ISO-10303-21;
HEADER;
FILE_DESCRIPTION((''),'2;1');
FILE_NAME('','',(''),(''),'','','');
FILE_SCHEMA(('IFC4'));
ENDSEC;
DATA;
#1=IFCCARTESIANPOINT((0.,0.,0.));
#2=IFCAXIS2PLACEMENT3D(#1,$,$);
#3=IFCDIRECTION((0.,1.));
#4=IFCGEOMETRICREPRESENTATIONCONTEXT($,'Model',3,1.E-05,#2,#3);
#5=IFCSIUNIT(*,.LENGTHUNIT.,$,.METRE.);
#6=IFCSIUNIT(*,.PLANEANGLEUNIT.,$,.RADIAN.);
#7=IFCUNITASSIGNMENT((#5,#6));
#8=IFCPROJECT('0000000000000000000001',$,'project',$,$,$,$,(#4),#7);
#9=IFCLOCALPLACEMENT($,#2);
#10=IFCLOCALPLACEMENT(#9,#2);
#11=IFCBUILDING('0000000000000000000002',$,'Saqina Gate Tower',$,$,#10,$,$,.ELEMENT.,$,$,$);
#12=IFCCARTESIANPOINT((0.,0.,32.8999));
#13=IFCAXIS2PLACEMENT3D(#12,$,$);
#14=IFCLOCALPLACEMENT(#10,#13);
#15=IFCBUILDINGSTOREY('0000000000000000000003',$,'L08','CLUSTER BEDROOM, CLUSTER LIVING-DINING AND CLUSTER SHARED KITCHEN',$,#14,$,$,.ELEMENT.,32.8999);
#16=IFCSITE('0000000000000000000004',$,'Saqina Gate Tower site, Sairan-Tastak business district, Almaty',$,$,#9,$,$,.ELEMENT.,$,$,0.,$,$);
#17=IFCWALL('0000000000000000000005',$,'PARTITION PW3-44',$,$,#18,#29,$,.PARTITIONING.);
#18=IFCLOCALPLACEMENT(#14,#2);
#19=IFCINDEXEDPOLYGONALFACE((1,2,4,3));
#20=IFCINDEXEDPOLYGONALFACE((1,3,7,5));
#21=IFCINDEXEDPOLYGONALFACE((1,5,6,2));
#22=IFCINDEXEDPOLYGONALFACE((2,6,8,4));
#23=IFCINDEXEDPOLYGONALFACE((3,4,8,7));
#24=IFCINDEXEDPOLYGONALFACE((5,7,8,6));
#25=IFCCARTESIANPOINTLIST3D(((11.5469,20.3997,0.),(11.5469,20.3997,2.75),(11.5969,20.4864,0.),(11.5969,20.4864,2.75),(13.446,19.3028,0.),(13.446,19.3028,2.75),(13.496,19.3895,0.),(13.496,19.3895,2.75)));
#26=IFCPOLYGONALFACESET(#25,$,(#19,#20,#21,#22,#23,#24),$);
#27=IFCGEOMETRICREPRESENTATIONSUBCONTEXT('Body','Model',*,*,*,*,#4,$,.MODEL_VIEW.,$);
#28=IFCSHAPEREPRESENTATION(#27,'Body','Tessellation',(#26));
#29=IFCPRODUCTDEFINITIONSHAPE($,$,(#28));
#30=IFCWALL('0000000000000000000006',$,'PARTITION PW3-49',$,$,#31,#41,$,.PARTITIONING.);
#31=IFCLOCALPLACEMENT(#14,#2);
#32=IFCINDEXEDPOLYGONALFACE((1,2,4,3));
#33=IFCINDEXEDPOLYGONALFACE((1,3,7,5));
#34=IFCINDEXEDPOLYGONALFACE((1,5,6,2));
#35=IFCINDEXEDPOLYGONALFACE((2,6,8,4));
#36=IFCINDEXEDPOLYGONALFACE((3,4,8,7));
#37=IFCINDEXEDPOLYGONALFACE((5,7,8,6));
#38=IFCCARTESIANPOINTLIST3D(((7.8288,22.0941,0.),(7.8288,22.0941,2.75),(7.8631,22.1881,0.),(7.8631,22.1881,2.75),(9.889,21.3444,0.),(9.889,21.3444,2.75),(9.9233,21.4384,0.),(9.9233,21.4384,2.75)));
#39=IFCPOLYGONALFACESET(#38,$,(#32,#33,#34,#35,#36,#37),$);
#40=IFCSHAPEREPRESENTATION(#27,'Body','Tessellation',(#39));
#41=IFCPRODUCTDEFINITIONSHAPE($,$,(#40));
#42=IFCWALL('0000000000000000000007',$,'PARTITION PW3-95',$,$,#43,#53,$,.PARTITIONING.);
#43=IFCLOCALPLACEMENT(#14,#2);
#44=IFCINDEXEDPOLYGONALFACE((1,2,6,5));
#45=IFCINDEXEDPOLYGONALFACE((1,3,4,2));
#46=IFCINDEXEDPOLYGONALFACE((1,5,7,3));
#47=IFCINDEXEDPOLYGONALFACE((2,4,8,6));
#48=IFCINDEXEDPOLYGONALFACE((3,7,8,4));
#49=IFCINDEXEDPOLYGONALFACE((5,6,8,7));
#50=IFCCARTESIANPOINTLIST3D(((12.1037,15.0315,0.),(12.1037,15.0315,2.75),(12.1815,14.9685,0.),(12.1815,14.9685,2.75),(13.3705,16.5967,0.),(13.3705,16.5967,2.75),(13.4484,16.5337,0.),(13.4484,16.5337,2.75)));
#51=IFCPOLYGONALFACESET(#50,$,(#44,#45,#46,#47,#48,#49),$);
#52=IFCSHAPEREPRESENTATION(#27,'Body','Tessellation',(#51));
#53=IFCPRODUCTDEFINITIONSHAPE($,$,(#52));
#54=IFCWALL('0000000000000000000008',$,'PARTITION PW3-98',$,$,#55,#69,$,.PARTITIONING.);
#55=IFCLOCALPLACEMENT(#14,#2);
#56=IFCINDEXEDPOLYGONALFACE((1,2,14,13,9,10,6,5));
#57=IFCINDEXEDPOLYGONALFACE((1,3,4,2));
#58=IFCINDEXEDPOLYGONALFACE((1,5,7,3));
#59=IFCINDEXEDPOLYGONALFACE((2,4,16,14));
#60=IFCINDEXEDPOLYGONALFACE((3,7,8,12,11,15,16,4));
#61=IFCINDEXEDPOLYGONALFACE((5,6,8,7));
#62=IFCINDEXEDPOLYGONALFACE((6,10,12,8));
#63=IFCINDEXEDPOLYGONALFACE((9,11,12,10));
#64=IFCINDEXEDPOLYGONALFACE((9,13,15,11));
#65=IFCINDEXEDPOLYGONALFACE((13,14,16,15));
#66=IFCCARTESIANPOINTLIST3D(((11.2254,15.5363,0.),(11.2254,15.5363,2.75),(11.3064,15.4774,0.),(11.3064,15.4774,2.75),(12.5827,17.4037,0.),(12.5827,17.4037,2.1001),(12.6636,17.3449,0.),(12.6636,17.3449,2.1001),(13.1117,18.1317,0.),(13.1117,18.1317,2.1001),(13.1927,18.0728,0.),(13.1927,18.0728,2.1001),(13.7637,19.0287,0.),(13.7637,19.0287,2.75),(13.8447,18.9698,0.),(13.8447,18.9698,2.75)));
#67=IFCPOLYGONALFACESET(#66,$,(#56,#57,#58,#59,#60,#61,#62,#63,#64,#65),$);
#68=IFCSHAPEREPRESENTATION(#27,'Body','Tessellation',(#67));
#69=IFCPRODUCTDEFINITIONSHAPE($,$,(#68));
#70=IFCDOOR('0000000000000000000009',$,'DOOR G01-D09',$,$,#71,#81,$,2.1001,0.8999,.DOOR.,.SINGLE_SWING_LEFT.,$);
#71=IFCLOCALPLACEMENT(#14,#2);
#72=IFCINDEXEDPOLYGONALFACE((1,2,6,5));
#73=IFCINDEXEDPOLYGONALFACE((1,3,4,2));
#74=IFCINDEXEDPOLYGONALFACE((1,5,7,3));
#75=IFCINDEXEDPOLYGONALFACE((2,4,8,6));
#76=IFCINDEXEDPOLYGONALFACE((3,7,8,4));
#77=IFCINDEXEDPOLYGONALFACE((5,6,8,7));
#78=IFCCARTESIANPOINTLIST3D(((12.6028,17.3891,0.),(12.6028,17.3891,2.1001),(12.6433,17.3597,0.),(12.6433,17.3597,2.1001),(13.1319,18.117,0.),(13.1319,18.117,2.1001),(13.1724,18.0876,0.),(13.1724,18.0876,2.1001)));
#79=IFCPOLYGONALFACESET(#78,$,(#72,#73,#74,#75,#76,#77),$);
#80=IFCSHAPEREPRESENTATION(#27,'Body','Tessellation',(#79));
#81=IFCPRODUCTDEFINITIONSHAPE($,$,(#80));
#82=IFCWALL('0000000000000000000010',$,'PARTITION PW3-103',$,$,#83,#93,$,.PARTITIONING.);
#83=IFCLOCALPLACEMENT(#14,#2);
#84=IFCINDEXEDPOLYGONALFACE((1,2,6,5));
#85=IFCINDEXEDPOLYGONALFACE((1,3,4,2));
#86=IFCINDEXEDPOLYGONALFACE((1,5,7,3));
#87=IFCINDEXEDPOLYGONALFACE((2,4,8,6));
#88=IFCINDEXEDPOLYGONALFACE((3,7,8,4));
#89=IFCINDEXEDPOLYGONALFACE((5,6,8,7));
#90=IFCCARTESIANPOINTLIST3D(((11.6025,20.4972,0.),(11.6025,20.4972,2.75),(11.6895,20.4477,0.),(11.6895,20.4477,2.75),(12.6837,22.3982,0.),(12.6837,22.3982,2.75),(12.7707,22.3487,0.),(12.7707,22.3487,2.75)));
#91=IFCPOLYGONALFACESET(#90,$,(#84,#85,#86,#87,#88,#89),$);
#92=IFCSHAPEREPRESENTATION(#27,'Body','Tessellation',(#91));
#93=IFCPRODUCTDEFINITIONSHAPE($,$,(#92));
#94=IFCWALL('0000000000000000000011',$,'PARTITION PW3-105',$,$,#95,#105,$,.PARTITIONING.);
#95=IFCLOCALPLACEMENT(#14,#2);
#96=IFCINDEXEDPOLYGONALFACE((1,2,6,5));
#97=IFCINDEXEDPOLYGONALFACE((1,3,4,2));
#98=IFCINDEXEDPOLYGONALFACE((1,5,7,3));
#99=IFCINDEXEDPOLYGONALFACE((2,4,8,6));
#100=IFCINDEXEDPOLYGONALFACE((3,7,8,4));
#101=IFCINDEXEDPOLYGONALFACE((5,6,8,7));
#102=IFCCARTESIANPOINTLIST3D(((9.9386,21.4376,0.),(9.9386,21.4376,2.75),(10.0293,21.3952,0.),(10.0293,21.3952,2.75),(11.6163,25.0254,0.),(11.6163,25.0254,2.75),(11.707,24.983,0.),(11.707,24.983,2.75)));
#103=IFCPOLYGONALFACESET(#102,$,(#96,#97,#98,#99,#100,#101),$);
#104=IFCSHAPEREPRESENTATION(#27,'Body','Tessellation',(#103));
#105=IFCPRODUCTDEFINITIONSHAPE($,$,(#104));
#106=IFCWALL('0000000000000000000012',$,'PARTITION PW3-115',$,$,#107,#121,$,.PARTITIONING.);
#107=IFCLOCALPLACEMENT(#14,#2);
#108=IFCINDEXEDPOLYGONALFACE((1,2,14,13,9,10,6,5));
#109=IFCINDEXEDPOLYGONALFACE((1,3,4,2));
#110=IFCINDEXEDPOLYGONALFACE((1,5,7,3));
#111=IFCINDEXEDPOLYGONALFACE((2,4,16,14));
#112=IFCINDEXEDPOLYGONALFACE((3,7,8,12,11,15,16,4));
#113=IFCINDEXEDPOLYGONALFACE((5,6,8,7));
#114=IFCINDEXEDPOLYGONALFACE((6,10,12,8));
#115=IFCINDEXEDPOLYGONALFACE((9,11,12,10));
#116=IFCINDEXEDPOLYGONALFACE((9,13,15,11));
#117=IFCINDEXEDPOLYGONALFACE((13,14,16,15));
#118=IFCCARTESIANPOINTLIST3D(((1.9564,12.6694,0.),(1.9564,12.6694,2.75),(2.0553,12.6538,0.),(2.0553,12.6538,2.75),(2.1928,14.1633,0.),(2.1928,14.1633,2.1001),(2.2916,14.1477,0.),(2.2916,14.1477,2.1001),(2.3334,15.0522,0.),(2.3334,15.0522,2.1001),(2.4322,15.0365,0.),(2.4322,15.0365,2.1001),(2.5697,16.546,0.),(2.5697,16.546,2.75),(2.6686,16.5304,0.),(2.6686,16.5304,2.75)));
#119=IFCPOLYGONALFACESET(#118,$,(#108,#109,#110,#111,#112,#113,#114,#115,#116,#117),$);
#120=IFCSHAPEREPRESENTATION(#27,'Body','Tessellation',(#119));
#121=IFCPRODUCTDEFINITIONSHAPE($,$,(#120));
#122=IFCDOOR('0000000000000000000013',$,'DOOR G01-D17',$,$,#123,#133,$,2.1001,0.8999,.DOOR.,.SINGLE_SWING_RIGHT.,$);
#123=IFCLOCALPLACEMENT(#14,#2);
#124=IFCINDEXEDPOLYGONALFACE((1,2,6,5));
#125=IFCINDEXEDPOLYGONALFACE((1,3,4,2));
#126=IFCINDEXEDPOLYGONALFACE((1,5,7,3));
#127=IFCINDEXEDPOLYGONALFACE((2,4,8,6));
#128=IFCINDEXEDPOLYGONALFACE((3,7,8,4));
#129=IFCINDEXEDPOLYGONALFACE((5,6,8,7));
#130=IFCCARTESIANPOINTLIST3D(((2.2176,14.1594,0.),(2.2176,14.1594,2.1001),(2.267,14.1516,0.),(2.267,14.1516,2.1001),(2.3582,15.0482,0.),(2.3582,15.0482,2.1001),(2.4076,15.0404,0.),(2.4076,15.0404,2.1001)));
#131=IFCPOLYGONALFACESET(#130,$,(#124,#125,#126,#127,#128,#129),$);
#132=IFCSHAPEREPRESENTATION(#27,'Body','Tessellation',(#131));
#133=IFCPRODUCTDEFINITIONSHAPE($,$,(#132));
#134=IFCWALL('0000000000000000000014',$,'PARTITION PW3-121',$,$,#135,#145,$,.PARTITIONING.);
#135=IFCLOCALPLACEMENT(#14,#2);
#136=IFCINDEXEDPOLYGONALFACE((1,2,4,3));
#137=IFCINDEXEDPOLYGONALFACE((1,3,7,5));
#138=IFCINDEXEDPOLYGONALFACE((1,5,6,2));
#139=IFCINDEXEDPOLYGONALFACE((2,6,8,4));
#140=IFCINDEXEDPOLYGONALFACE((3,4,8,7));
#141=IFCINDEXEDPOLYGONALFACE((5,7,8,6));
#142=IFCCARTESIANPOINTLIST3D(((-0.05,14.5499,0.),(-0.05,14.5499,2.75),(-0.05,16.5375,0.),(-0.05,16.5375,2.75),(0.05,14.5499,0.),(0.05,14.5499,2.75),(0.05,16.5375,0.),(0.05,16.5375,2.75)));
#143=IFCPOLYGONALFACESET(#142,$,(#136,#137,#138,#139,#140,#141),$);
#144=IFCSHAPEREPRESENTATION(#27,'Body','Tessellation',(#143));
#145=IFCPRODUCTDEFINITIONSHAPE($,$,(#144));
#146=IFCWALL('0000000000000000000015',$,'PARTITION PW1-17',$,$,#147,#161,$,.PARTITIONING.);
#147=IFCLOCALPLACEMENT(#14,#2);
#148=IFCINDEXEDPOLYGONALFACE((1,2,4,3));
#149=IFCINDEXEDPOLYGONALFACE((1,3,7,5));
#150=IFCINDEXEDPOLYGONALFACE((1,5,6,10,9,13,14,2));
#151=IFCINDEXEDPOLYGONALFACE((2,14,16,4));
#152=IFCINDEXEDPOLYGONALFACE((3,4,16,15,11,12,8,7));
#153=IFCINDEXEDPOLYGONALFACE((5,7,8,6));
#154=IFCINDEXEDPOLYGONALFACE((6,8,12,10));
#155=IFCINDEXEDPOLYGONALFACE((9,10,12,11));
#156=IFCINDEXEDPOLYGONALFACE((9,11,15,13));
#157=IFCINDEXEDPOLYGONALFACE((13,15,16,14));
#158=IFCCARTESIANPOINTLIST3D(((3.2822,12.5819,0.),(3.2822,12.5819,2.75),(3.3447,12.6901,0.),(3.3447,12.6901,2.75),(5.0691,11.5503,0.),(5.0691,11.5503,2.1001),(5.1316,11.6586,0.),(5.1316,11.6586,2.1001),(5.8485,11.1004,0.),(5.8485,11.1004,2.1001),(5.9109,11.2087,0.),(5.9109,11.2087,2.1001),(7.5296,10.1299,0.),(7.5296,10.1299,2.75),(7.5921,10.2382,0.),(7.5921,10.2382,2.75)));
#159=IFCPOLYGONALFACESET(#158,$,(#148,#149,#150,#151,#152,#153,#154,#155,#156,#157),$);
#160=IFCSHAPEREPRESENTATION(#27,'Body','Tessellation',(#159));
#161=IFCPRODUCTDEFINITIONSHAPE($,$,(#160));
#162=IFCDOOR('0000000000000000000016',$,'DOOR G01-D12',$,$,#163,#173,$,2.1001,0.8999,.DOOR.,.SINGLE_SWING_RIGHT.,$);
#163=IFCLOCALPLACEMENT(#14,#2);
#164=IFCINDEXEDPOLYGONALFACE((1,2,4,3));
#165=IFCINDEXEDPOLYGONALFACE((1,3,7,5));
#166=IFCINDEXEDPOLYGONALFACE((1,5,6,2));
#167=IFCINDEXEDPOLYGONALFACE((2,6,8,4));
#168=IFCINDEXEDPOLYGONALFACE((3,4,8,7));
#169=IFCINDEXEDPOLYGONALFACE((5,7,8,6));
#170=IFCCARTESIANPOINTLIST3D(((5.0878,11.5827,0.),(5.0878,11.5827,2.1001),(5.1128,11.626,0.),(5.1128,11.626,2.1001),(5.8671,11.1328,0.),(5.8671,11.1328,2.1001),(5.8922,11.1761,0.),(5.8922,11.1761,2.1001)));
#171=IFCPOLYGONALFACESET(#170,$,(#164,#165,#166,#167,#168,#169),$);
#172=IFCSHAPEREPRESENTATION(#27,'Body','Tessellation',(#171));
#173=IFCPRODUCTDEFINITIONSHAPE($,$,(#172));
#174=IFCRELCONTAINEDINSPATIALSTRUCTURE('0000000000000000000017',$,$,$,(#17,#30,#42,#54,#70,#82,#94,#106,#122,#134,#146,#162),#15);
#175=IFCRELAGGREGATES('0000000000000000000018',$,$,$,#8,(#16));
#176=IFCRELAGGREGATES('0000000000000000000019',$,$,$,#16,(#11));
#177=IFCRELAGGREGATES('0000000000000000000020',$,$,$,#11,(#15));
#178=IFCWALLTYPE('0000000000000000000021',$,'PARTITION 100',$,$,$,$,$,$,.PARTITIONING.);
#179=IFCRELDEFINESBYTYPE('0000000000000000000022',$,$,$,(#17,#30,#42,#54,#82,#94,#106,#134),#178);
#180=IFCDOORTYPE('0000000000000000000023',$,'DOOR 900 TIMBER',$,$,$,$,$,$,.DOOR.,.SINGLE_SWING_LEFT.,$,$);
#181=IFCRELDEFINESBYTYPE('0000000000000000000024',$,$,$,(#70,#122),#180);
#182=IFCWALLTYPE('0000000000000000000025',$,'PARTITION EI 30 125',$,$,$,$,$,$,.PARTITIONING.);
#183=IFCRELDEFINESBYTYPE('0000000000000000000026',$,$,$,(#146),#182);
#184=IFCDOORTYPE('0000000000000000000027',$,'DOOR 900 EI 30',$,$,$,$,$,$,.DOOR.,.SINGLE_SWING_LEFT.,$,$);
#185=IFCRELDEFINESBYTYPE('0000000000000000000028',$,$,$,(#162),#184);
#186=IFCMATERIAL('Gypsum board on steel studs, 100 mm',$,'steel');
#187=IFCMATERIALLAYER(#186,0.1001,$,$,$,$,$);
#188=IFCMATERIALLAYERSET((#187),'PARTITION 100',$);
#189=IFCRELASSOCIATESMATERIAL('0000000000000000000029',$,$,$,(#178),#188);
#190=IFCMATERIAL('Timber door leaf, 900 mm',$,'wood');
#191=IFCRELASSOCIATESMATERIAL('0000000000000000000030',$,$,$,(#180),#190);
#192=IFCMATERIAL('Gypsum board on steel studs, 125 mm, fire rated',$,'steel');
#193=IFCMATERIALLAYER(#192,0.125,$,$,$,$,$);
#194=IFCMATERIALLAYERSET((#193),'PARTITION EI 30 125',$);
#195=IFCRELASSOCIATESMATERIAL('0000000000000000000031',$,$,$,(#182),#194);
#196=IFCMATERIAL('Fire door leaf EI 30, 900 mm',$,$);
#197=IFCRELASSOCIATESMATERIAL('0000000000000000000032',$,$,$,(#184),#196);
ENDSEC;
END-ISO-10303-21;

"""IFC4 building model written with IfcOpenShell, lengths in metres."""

from ifc_helpers import new_model, si_unit, direction, frame, frame_2d, origin, place, context, subcontext, project, spatial, rectangle, extrude, material, layer, layer_set, type_object, element, fill, save


model = new_model("IFC4")

# Units and contexts
model_context = context("Model", 3, precision=1e-05, world=origin(), true_north=direction((0.0, 1.0)))
body_context = subcontext(model_context, "Body", "Model", "MODEL_VIEW")
ifc_project = project(units=[si_unit("LENGTHUNIT", "METRE"), si_unit("PLANEANGLEUNIT", "RADIAN")], contexts=[model_context])

# Site, building, storey
site_placement = place(None, origin())
site = spatial("IfcSite", under=ifc_project, at=site_placement, Name="Saqina Gate Tower site, Sairan-Tastak business district, Almaty", CompositionType="ELEMENT", RefElevation=0.0)
building_placement = place(site_placement, origin())
building = spatial("IfcBuilding", under=site, at=building_placement, Name="Saqina Gate Tower", CompositionType="ELEMENT")
storey_placement = place(building_placement, frame((0.0, 0.0, 32.8999)))
storey = spatial("IfcBuildingStorey", under=building, at=storey_placement, Name="L08", Description="CLUSTER BEDROOM, CLUSTER LIVING-DINING AND CLUSTER SHARED KITCHEN", CompositionType="ELEMENT", Elevation=32.8999)

# Walls
ifc_material_1 = material(Name="Gypsum board on steel studs, 100 mm", Category="steel")
ifc_layer_1 = layer(ifc_material_1, 0.1001)
ifc_layer_set_1 = layer_set([ifc_layer_1], Name="PARTITION 100")
wall_type_1 = type_object("IfcWallType", Name="PARTITION 100", PredefinedType="PARTITIONING", material=ifc_layer_set_1)
wall_1_placement = place(storey_placement, frame((11.5718, 20.4431, 0.0), z_axis=(0.0, 0.0, 1.0), x_axis=(0.865939, -0.50015, 0.0)))
element("IfcWall", 1, at=wall_1_placement, inside=storey, type_object=wall_type_1, Name="PARTITION PW3-44", PredefinedType="PARTITIONING", context=body_context, shape_type="SweptSolid", body=[
    extrude(rectangle(XDim=2.1931, YDim=0.1001, at=frame_2d((1.0967, 0.0))), origin(), (0.0, 0.0, 1.0), 2.75),
])
wall_2_placement = place(storey_placement, frame((7.8459, 22.1411, 0.0), z_axis=(0.0, 0.0, 1.0), x_axis=(0.939712, -0.341967, 0.0)))
element("IfcWall", 2, at=wall_2_placement, inside=storey, type_object=wall_type_1, Name="PARTITION PW3-49", PredefinedType="PARTITIONING", context=body_context, shape_type="SweptSolid", body=[
    extrude(rectangle(XDim=2.1924, YDim=0.1001, at=frame_2d((1.0962, 0.0))), origin(), (0.0, 0.0, 1.0), 2.75),
])
wall_3_placement = place(storey_placement, frame((12.1426, 15.0, 0.0), z_axis=(0.0, 0.0, 1.0), x_axis=(0.629135, 0.777296, 0.0)))
element("IfcWall", 3, at=wall_3_placement, inside=storey, type_object=wall_type_1, Name="PARTITION PW3-95", PredefinedType="PARTITIONING", context=body_context, shape_type="SweptSolid", body=[
    extrude(rectangle(XDim=2.0137, YDim=0.1001, at=frame_2d((1.0068, 0.0))), origin(), (0.0, 0.0, 1.0), 2.75),
])

# Wall, opening, door
wall_4_placement = place(storey_placement, frame((11.2659, 15.5068, 0.0), z_axis=(0.0, 0.0, 1.0), x_axis=(0.587926, 0.808915, 0.0)))
wall_4 = element("IfcWall", 4, at=wall_4_placement, inside=storey, type_object=wall_type_1, Name="PARTITION PW3-98", PredefinedType="PARTITIONING", context=body_context, shape_type="SweptSolid", body=[
    extrude(rectangle(XDim=4.3174, YDim=0.1001, at=frame_2d((2.1587, 0.0))), origin(), (0.0, 0.0, 1.0), 2.75),
])
opening_1_placement = place(wall_4_placement, frame((2.3086, 0.0, 0.0)))
opening_1 = element("IfcOpeningElement", 5, at=opening_1_placement, cuts=wall_4, PredefinedType="OPENING", context=body_context, shape_type="SweptSolid", body=[
    extrude(rectangle(XDim=0.8999, YDim=2.1001, at=frame_2d((0.45, 1.05))), frame((0.0, 0.062, 0.0), z_axis=(0.0, -1.0, 0.0), x_axis=(1.0, 0.0, 0.0)), (0.0, 0.0, 1.0), 0.124),
])
ifc_material_2 = material(Name="Timber door leaf, 900 mm", Category="wood")
door_type_1 = type_object("IfcDoorType", Name="DOOR 900 TIMBER", OperationType="SINGLE_SWING_LEFT", PredefinedType="DOOR", material=ifc_material_2)
door_1_placement = place(opening_1_placement, frame((0.8999, 0.0, 0.0), z_axis=(0.0, 0.0, 1.0), x_axis=(-1.0, 0.0, 0.0)))
door_1 = element("IfcDoor", 6, at=door_1_placement, inside=storey, type_object=door_type_1, Name="DOOR G01-D09", OperationType="SINGLE_SWING_LEFT", OverallHeight=2.1001, OverallWidth=0.8999, PredefinedType="DOOR", context=body_context, shape_type="SweptSolid", body=[
    extrude(rectangle(XDim=0.8999, YDim=2.1001, at=frame_2d((0.45, 1.05))), frame((0.0, 0.0249, 0.0), z_axis=(0.0, -1.0, 0.0), x_axis=(1.0, 0.0, 0.0)), (0.0, 0.0, 1.0), 0.05),
])
fill(opening_1, door_1)

# Walls
wall_5_placement = place(storey_placement, frame((11.646, 20.4724, 0.0), z_axis=(0.0, 0.0, 1.0), x_axis=(0.494395, 0.869237, 0.0)))
element("IfcWall", 7, at=wall_5_placement, inside=storey, type_object=wall_type_1, Name="PARTITION PW3-103", PredefinedType="PARTITIONING", context=body_context, shape_type="SweptSolid", body=[
    extrude(rectangle(XDim=2.187, YDim=0.1001, at=frame_2d((1.0935, 0.0))), origin(), (0.0, 0.0, 1.0), 2.75),
])
wall_6_placement = place(storey_placement, frame((9.9839, 21.4163, 0.0), z_axis=(0.0, 0.0, 1.0), x_axis=(0.423587, 0.905855, 0.0)))
element("IfcWall", 8, at=wall_6_placement, inside=storey, type_object=wall_type_1, Name="PARTITION PW3-105", PredefinedType="PARTITIONING", context=body_context, shape_type="SweptSolid", body=[
    extrude(rectangle(XDim=3.9607, YDim=0.1001, at=frame_2d((1.9805, 0.0))), origin(), (0.0, 0.0, 1.0), 2.75),
])

# Wall, opening, door
wall_7_placement = place(storey_placement, frame((2.0059, 12.6616, 0.0), z_axis=(0.0, 0.0, 1.0), x_axis=(0.156253, 0.987717, 0.0)))
wall_7 = element("IfcWall", 9, at=wall_7_placement, inside=storey, type_object=wall_type_1, Name="PARTITION PW3-115", PredefinedType="PARTITIONING", context=body_context, shape_type="SweptSolid", body=[
    extrude(rectangle(XDim=3.9248, YDim=0.1001, at=frame_2d((1.9624, 0.0))), origin(), (0.0, 0.0, 1.0), 2.75),
])
opening_2_placement = place(wall_7_placement, frame((1.5125, 0.0, 0.0)))
opening_2 = element("IfcOpeningElement", 10, at=opening_2_placement, cuts=wall_7, PredefinedType="OPENING", context=body_context, shape_type="SweptSolid", body=[
    extrude(rectangle(XDim=0.8999, YDim=2.1001, at=frame_2d((0.45, 1.05))), frame((0.0, 0.062, 0.0), z_axis=(0.0, -1.0, 0.0), x_axis=(1.0, 0.0, 0.0)), (0.0, 0.0, 1.0), 0.124),
])
door_2_placement = place(opening_2_placement, origin())
door_2 = element("IfcDoor", 11, at=door_2_placement, inside=storey, type_object=door_type_1, Name="DOOR G01-D17", OperationType="SINGLE_SWING_RIGHT", OverallHeight=2.1001, OverallWidth=0.8999, PredefinedType="DOOR", context=body_context, shape_type="SweptSolid", body=[
    extrude(rectangle(XDim=0.8999, YDim=2.1001, at=frame_2d((0.45, 1.05))), frame((0.0, 0.0249, 0.0), z_axis=(0.0, -1.0, 0.0), x_axis=(1.0, 0.0, 0.0)), (0.0, 0.0, 1.0), 0.05),
])
fill(opening_2, door_2)

# Wall
wall_8_placement = place(storey_placement, frame((0.0, 14.55, 0.0), z_axis=(0.0, 0.0, 1.0), x_axis=(0.0, 1.0, 0.0)))
element("IfcWall", 12, at=wall_8_placement, inside=storey, type_object=wall_type_1, Name="PARTITION PW3-121", PredefinedType="PARTITIONING", context=body_context, shape_type="SweptSolid", body=[
    extrude(rectangle(XDim=1.9875, YDim=0.1001, at=frame_2d((0.9937, 0.0))), origin(), (0.0, 0.0, 1.0), 2.75),
])

# Wall, opening, door
ifc_material_3 = material(Name="Gypsum board on steel studs, 125 mm, fire rated", Category="steel")
ifc_layer_2 = layer(ifc_material_3, 0.125)
ifc_layer_set_2 = layer_set([ifc_layer_2], Name="PARTITION EI 30 125")
wall_type_2 = type_object("IfcWallType", Name="PARTITION EI 30 125", PredefinedType="PARTITIONING", material=ifc_layer_set_2)
wall_9_placement = place(storey_placement, frame((3.3135, 12.636, 0.0), z_axis=(0.0, 0.0, 1.0), x_axis=(0.86605, -0.499957, 0.0)))
wall_9 = element("IfcWall", 13, at=wall_9_placement, inside=storey, type_object=wall_type_2, Name="PARTITION PW1-17", PredefinedType="PARTITIONING", context=body_context, shape_type="SweptSolid", body=[
    extrude(rectangle(XDim=4.9043, YDim=0.125, at=frame_2d((2.4521, 0.0))), origin(), (0.0, 0.0, 1.0), 2.75),
])
opening_3_placement = place(wall_9_placement, frame((2.0632, 0.0, 0.0)))
opening_3 = element("IfcOpeningElement", 14, at=opening_3_placement, cuts=wall_9, PredefinedType="OPENING", context=body_context, shape_type="SweptSolid", body=[
    extrude(rectangle(XDim=0.8999, YDim=2.1001, at=frame_2d((0.45, 1.05))), frame((0.0, 0.0745, 0.0), z_axis=(0.0, -1.0, 0.0), x_axis=(1.0, 0.0, 0.0)), (0.0, 0.0, 1.0), 0.1489),
])
ifc_material_4 = material(Name="Fire door leaf EI 30, 900 mm")
door_type_2 = type_object("IfcDoorType", Name="DOOR 900 EI 30", OperationType="SINGLE_SWING_LEFT", PredefinedType="DOOR", material=ifc_material_4)
door_3_placement = place(opening_3_placement, origin())
door_3 = element("IfcDoor", 15, at=door_3_placement, inside=storey, type_object=door_type_2, Name="DOOR G01-D12", OperationType="SINGLE_SWING_RIGHT", OverallHeight=2.1001, OverallWidth=0.8999, PredefinedType="DOOR", context=body_context, shape_type="SweptSolid", body=[
    extrude(rectangle(XDim=0.8999, YDim=2.1001, at=frame_2d((0.45, 1.05))), frame((0.0, 0.0249, 0.0), z_axis=(0.0, -1.0, 0.0), x_axis=(1.0, 0.0, 0.0)), (0.0, 0.0, 1.0), 0.05),
])
fill(opening_3, door_3)

save(model, "model.ifc")
